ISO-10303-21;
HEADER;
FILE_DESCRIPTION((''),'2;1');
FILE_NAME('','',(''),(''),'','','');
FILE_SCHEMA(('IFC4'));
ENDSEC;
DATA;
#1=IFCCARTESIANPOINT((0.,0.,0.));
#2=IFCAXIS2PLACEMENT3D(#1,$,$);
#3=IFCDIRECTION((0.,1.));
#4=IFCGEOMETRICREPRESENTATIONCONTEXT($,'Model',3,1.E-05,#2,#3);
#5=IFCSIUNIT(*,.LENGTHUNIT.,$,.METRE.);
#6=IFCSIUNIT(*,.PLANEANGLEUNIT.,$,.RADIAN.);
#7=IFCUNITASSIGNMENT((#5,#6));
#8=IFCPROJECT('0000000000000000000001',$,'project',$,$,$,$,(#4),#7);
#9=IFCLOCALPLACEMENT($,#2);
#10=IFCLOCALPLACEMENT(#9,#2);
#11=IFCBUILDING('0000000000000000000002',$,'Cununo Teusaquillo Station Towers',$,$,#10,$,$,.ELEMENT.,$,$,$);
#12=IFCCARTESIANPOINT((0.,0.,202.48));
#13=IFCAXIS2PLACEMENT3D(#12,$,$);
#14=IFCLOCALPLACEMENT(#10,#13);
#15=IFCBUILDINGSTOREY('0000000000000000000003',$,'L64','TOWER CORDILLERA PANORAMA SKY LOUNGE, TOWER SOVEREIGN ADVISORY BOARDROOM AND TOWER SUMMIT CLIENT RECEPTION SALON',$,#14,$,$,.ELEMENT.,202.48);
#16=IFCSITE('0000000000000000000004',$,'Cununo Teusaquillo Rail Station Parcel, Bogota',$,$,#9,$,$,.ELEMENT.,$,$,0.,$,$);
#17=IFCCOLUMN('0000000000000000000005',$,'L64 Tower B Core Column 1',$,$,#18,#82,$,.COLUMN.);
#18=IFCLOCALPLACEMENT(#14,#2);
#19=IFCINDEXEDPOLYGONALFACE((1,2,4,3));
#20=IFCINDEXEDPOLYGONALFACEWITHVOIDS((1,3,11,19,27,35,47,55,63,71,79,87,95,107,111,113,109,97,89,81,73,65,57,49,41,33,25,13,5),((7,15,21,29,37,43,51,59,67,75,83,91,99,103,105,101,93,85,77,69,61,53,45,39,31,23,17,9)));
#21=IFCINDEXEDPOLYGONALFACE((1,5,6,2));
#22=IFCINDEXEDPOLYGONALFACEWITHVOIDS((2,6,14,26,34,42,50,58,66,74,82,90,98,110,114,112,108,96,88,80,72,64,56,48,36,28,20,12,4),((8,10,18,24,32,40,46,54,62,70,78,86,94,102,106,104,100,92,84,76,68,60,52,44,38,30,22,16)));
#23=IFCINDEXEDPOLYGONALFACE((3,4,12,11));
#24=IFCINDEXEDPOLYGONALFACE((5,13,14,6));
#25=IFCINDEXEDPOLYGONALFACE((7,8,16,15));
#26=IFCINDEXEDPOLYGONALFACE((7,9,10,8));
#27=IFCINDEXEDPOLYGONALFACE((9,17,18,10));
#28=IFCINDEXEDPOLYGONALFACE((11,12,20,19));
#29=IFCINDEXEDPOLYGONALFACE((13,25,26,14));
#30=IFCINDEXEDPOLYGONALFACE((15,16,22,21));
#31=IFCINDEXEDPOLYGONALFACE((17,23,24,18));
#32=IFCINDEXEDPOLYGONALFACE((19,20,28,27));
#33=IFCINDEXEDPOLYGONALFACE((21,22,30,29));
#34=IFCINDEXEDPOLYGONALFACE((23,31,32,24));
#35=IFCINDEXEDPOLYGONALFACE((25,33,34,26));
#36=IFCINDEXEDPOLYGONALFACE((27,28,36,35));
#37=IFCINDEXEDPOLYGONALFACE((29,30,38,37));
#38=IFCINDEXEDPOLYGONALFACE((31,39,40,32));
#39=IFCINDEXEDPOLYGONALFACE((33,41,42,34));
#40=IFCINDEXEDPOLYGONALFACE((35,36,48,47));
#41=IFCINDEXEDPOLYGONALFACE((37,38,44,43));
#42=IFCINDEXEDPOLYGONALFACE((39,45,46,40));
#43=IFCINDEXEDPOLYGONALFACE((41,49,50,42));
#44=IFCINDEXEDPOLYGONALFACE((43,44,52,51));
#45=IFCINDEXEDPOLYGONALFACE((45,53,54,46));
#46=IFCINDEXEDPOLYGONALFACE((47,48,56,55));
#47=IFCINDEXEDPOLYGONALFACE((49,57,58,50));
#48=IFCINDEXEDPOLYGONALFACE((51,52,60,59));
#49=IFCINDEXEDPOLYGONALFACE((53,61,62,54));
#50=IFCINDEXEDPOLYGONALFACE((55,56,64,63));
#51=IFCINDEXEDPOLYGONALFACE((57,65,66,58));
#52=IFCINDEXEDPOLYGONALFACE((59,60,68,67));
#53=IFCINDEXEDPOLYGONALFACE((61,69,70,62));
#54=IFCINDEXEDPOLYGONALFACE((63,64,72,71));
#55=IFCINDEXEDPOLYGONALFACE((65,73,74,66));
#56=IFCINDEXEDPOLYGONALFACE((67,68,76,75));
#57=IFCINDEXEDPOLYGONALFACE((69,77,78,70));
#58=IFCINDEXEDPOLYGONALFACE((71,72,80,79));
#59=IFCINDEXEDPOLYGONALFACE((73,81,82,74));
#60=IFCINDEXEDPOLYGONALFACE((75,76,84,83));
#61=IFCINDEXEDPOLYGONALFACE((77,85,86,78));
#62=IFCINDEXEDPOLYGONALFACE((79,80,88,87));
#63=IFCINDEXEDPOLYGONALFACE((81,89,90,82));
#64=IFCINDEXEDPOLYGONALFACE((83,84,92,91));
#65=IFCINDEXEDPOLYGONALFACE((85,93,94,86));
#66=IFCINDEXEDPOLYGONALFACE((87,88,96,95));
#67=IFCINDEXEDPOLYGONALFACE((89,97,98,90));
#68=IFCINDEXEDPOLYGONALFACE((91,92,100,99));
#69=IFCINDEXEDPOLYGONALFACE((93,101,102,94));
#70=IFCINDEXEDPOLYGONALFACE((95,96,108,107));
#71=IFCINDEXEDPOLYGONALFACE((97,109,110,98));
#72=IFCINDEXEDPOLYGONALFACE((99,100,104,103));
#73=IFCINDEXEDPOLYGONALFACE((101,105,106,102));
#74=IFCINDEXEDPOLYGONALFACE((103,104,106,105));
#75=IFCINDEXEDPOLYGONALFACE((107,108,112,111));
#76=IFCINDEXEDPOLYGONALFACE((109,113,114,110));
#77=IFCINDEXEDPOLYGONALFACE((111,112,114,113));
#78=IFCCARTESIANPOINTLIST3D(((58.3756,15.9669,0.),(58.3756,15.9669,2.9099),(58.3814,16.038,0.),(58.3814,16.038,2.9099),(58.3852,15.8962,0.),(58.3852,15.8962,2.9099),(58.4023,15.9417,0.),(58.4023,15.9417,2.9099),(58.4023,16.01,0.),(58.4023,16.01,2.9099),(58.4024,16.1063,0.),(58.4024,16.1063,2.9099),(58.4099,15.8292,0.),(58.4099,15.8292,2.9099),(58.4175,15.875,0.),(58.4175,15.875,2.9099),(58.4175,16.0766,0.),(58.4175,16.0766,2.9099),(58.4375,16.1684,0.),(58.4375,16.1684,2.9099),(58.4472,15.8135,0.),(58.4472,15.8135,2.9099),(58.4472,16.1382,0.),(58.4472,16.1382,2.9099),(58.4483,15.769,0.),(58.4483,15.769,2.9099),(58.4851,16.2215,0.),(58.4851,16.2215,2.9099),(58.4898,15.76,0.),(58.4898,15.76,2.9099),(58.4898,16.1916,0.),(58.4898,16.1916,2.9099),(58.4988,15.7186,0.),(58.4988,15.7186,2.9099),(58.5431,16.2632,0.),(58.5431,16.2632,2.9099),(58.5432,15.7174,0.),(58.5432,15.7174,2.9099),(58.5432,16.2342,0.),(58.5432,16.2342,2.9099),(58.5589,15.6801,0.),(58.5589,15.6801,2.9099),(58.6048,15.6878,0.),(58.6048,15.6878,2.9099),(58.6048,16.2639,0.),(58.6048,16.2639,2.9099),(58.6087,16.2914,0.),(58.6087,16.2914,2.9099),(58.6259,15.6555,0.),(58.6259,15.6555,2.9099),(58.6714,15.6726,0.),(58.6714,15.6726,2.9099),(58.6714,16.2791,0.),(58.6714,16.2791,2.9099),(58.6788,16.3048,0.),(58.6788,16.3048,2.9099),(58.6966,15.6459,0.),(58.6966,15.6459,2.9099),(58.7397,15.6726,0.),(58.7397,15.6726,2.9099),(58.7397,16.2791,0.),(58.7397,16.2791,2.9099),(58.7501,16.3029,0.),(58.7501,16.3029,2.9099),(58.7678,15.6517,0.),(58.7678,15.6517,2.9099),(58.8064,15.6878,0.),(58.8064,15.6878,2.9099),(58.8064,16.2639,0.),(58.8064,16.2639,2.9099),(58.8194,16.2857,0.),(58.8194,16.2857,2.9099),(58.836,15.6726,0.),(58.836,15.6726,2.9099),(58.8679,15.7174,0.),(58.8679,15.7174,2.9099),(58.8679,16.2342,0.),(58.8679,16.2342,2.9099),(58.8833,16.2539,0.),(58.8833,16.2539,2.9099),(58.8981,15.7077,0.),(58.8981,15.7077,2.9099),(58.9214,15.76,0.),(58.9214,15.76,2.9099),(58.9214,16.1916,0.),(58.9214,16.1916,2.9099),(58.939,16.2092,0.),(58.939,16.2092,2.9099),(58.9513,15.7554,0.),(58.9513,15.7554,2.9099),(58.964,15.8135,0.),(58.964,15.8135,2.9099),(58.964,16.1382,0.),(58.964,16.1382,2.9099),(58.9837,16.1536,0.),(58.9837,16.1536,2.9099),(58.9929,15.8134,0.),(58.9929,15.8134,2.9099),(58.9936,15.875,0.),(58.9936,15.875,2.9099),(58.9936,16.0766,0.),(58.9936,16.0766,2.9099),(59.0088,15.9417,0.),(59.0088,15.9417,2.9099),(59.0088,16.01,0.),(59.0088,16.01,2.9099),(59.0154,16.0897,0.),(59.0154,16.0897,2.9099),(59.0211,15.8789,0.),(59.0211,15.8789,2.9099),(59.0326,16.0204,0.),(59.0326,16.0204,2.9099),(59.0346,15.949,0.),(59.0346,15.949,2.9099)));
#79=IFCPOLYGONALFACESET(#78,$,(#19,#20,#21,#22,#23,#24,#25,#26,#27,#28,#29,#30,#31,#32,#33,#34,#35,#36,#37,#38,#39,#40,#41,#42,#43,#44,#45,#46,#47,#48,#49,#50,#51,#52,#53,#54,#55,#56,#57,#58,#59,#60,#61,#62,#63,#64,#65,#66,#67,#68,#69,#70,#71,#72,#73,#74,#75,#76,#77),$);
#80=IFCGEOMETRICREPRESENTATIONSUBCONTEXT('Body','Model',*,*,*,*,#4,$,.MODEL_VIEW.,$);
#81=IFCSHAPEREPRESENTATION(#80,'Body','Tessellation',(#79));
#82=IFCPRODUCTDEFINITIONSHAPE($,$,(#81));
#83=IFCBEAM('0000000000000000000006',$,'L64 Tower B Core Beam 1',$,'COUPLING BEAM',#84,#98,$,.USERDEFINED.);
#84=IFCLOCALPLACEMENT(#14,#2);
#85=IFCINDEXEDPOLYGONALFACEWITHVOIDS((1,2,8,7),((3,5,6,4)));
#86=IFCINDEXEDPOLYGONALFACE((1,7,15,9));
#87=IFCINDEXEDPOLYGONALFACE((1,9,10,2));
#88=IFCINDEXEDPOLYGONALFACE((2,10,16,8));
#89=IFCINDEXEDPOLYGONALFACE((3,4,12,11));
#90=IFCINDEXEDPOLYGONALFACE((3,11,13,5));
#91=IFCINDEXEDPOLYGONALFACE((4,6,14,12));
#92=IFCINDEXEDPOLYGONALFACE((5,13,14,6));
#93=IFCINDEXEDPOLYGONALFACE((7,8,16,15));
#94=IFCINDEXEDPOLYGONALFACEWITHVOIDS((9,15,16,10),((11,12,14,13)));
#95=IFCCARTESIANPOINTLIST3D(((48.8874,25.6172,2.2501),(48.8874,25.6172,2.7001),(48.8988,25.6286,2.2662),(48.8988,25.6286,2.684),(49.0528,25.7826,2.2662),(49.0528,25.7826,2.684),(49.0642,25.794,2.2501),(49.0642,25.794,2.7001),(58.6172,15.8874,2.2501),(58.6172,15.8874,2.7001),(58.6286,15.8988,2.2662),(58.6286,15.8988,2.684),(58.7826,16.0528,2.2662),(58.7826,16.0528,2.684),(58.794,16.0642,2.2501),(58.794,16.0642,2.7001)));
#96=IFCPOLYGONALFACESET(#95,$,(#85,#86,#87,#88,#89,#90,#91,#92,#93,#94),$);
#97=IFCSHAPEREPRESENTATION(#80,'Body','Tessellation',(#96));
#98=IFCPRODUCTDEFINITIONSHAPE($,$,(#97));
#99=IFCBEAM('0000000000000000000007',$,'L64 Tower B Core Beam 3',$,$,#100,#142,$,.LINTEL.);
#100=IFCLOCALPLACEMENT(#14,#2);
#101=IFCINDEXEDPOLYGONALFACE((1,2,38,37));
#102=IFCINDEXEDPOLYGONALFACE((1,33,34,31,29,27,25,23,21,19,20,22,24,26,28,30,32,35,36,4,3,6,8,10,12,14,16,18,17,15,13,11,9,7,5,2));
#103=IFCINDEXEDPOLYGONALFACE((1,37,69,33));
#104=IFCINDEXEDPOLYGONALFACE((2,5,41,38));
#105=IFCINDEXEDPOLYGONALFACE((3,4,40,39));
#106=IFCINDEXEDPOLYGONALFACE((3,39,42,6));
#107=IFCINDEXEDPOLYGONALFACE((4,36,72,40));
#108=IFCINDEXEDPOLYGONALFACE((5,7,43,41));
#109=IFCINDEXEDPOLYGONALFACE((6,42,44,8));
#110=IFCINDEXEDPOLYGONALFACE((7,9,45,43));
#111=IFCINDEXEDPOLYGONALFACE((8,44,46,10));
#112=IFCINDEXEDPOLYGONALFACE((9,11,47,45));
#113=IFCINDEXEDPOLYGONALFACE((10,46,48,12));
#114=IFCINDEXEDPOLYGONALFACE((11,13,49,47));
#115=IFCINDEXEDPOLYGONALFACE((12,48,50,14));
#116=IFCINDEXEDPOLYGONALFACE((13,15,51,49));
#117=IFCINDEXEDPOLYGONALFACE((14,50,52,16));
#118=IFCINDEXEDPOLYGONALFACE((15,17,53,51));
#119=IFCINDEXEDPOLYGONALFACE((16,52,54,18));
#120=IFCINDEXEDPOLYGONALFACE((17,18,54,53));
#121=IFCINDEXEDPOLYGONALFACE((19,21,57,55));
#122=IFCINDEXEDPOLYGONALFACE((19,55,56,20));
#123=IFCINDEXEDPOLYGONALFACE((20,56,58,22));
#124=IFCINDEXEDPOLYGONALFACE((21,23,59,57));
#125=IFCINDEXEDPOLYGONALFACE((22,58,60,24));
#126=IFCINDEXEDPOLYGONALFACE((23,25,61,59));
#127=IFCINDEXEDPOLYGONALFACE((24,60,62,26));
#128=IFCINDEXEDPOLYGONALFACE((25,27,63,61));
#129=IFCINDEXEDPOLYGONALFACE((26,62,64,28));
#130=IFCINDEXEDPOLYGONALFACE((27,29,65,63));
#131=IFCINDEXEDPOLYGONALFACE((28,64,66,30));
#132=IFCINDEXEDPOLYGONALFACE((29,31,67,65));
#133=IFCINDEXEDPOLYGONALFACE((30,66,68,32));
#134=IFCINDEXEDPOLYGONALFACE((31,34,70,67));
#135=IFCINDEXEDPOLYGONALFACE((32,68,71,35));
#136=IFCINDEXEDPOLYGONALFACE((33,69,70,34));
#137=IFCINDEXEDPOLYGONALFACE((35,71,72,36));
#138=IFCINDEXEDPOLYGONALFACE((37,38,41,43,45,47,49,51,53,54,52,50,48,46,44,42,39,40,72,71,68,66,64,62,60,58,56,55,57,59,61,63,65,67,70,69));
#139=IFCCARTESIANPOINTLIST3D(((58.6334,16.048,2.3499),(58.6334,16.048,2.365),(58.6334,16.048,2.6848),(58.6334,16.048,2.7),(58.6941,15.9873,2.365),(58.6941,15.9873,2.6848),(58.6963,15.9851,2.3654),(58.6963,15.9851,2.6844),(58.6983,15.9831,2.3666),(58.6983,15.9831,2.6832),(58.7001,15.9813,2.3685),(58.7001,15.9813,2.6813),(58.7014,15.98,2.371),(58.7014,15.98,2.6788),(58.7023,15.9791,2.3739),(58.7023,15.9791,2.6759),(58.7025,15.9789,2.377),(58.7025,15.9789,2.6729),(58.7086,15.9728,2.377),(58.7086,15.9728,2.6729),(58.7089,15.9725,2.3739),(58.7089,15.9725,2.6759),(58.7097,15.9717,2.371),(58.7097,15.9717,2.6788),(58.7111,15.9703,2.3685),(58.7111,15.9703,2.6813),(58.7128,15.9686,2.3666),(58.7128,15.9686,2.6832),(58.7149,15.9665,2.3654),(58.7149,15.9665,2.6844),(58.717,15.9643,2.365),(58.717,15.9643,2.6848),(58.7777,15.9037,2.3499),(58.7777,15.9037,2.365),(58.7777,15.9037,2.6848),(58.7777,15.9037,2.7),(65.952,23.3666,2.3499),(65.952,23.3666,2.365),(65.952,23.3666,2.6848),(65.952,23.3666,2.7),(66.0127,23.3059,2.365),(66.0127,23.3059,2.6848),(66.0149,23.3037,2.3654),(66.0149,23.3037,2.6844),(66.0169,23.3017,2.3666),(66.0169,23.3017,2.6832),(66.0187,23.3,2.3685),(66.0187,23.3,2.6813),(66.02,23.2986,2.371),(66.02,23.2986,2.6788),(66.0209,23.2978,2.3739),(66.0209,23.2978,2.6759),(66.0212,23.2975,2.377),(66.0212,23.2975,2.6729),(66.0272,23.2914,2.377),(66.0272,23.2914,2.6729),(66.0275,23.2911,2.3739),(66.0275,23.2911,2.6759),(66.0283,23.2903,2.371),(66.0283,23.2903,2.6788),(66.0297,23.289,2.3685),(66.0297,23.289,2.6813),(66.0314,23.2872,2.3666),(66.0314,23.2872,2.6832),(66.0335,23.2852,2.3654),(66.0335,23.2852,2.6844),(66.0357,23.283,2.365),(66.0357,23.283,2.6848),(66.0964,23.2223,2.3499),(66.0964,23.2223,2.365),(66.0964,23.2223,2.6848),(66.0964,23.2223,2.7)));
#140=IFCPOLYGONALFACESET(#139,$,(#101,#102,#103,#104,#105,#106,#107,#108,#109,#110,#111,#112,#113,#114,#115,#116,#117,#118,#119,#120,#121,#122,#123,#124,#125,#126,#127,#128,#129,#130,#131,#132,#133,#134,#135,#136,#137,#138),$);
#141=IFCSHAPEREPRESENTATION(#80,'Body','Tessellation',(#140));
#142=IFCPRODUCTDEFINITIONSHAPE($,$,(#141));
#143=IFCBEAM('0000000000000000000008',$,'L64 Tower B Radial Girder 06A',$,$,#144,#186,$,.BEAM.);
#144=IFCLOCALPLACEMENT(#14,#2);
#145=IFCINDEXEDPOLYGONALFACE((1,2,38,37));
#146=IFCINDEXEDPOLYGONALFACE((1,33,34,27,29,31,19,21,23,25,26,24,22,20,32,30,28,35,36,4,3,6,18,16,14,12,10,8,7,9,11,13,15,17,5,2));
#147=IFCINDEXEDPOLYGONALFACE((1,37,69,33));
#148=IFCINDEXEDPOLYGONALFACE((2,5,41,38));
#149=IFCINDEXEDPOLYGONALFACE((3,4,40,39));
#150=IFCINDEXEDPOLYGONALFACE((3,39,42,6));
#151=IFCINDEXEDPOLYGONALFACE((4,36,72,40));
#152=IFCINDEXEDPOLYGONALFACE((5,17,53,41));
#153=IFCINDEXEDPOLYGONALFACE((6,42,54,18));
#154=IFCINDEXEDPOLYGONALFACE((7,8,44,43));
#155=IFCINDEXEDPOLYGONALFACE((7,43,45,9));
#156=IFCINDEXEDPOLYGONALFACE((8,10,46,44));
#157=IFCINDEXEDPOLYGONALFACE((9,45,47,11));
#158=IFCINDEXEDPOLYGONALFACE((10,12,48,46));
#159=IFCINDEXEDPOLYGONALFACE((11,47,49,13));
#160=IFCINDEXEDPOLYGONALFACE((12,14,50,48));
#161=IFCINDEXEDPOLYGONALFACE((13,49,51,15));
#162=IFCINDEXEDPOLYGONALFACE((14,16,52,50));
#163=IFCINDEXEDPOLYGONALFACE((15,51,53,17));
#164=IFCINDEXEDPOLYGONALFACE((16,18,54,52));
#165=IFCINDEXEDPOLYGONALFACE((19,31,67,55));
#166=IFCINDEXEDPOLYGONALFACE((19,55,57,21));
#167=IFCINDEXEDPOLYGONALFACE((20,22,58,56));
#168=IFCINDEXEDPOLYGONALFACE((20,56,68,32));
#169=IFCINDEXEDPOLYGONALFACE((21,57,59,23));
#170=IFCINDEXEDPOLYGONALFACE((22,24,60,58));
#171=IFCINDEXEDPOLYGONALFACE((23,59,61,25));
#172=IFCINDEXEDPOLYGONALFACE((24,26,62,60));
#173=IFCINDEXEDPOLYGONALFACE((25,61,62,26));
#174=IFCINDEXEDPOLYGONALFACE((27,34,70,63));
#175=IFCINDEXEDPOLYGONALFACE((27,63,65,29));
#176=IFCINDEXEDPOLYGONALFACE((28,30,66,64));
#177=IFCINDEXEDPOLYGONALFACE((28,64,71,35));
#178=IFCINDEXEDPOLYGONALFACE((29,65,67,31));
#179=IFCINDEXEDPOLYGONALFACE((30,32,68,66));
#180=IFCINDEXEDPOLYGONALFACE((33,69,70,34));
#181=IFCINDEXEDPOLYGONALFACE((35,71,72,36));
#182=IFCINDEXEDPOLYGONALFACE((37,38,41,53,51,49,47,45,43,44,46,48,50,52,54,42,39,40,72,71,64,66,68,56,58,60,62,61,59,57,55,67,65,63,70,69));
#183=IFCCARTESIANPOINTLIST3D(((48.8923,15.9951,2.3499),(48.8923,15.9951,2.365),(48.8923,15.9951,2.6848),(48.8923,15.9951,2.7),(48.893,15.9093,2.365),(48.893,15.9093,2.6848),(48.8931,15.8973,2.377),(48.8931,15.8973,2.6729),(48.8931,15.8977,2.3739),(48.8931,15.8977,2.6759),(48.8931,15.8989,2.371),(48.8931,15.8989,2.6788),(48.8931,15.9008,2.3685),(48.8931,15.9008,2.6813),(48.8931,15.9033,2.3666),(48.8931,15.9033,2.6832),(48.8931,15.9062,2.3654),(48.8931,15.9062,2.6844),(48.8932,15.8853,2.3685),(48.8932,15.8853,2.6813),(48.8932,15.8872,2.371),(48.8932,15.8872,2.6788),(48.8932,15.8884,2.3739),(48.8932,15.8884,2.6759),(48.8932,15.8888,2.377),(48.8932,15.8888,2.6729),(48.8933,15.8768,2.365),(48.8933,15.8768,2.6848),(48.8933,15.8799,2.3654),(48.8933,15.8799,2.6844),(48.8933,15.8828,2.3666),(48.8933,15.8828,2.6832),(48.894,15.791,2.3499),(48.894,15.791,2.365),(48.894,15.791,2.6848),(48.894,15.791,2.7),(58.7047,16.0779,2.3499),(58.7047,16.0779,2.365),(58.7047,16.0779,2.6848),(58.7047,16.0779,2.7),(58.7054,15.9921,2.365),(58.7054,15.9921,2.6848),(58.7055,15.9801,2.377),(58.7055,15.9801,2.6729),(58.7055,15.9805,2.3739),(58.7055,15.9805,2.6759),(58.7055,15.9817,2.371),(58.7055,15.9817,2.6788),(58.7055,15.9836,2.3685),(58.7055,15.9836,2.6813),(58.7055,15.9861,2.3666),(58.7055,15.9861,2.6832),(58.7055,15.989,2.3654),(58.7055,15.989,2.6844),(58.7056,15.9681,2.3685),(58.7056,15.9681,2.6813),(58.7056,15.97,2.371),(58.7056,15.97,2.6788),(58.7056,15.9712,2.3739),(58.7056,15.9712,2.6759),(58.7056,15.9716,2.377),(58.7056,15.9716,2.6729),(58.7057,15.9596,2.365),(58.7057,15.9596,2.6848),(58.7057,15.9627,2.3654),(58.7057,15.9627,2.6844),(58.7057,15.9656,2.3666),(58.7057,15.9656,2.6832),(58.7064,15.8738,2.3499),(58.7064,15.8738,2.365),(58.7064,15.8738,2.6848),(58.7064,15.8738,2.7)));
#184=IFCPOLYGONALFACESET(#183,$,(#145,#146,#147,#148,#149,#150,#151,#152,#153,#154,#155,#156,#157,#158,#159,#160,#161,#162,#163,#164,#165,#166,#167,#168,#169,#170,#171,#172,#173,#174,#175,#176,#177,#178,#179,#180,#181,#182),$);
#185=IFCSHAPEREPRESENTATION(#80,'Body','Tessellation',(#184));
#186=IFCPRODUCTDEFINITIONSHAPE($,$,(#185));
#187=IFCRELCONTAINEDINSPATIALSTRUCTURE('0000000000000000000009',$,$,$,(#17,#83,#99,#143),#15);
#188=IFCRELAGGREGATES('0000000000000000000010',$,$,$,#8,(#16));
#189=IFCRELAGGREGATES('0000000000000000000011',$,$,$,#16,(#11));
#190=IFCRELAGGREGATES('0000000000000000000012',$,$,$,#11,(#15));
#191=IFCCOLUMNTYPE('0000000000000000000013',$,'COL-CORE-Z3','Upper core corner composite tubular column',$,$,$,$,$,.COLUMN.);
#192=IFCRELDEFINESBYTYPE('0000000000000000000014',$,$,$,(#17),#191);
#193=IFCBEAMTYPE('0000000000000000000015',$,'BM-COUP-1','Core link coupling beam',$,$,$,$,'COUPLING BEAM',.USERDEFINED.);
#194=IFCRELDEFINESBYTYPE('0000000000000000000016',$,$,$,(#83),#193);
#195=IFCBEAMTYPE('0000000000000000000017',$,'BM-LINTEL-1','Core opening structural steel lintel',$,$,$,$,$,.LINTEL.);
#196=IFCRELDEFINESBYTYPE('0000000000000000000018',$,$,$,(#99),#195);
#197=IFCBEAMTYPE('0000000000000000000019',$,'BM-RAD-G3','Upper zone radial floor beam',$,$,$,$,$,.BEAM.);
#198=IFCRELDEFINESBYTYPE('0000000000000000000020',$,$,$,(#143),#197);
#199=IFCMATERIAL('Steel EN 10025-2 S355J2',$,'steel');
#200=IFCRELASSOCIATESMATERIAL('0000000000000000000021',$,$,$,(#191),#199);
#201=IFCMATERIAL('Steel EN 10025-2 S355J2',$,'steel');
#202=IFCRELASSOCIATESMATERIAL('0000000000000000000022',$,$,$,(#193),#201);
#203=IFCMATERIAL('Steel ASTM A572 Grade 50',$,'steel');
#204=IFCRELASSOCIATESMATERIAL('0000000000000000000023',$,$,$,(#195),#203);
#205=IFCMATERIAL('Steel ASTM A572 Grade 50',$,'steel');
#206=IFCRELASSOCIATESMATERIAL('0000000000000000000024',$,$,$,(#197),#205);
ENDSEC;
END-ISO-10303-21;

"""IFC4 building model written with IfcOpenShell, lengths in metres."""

from ifc_helpers import new_model, si_unit, direction, frame, origin, origin_2d, place, context, subcontext, project, spatial, hollow_rectangle, hollow_circle, i_section, extrude, material, material_profile, profile_set, type_object, element, save


model = new_model("IFC4")

# Units and contexts
model_context = context("Model", 3, precision=1e-05, world=origin(), true_north=direction((0.0, 1.0)))
body_context = subcontext(model_context, "Body", "Model", "MODEL_VIEW")
ifc_project = project(units=[si_unit("LENGTHUNIT", "METRE"), si_unit("PLANEANGLEUNIT", "RADIAN")], contexts=[model_context])

# Site, building, storey
site_placement = place(None, origin())
site = spatial("IfcSite", under=ifc_project, at=site_placement, Name="Cununo Teusaquillo Rail Station Parcel, Bogota", CompositionType="ELEMENT", RefElevation=0.0)
building_placement = place(site_placement, origin())
building = spatial("IfcBuilding", under=site, at=building_placement, Name="Cununo Teusaquillo Station Towers", CompositionType="ELEMENT")
storey_placement = place(building_placement, frame((0.0, 0.0, 202.48)))
storey = spatial("IfcBuildingStorey", under=building, at=storey_placement, Name="L64", Description="TOWER CORDILLERA PANORAMA SKY LOUNGE, TOWER SOVEREIGN ADVISORY BOARDROOM AND TOWER SUMMIT CLIENT RECEPTION SALON", CompositionType="ELEMENT", Elevation=202.48)

# Column
ifc_material_1 = material(Name="Steel EN 10025-2 S355J2", Category="steel")
ifc_material_profile_1 = material_profile(ifc_material_1, hollow_circle(Radius=0.3301, WallThickness=0.0249, at=origin_2d()), Name="CHS 660x25")
ifc_profile_set_1 = profile_set([ifc_material_profile_1], Name="Steel EN 10025-2 S355J2")
column_type = type_object("IfcColumnType", Name="COL-CORE-Z3", Description="Upper core corner composite tubular column", PredefinedType="COLUMN", material=ifc_profile_set_1)
column_placement = place(storey_placement, frame((58.7056, 15.9758, 0.0), z_axis=(0.0, 0.0, 1.0), x_axis=(0.707107, 0.707107, 0.0)))
element("IfcColumn", 1, at=column_placement, inside=storey, type_object=column_type, Name="L64 Tower B Core Column 1", PredefinedType="COLUMN", context=body_context, shape_type="SweptSolid", body=[
    extrude(hollow_circle(Radius=0.3301, WallThickness=0.0249, at=origin_2d()), origin(), (0.0, 0.0, 1.0), 2.9099),
])

# Beams
ifc_material_2 = material(Name="Steel EN 10025-2 S355J2", Category="steel")
ifc_material_profile_2 = material_profile(ifc_material_2, hollow_rectangle(XDim=0.25, YDim=0.45, WallThickness=0.0161, at=origin_2d()), Name="RHS 450x250x16")
ifc_profile_set_2 = profile_set([ifc_material_profile_2], Name="Steel EN 10025-2 S355J2")
beam_type_1 = type_object("IfcBeamType", Name="BM-COUP-1", Description="Core link coupling beam", ElementType="COUPLING BEAM", PredefinedType="USERDEFINED", material=ifc_profile_set_2)
beam_1_placement = place(storey_placement, frame((58.7056, 15.9758, 2.4751), z_axis=(-0.707107, 0.707107, 0.0), x_axis=(-0.707107, -0.707107, 0.0)))
element("IfcBeam", 2, at=beam_1_placement, inside=storey, type_object=beam_type_1, Name="L64 Tower B Core Beam 1", ObjectType="COUPLING BEAM", PredefinedType="USERDEFINED", context=body_context, shape_type="SweptSolid", body=[
    extrude(hollow_rectangle(XDim=0.25, YDim=0.45, WallThickness=0.0161, at=origin_2d()), origin(), (0.0, 0.0, 1.0), 13.76),
])
ifc_material_3 = material(Name="Steel ASTM A572 Grade 50", Category="steel")
ifc_material_profile_3 = material_profile(ifc_material_3, i_section(OverallWidth=0.2041, OverallDepth=0.3501, WebThickness=0.0085, FlangeThickness=0.0151, FilletRadius=0.012, at=origin_2d()), Name="W14X48")
ifc_profile_set_3 = profile_set([ifc_material_profile_3], Name="Steel ASTM A572 Grade 50")
beam_type_2 = type_object("IfcBeamType", Name="BM-LINTEL-1", Description="Core opening structural steel lintel", PredefinedType="LINTEL", material=ifc_profile_set_3)
beam_2_placement = place(storey_placement, frame((58.7056, 15.9758, 2.5249), z_axis=(0.707107, 0.707107, 0.0), x_axis=(-0.707107, 0.707107, 0.0)))
element("IfcBeam", 3, at=beam_2_placement, inside=storey, type_object=beam_type_2, Name="L64 Tower B Core Beam 3", PredefinedType="LINTEL", context=body_context, shape_type="SweptSolid", body=[
    extrude(i_section(OverallWidth=0.2041, OverallDepth=0.3501, WebThickness=0.0085, FlangeThickness=0.0151, FilletRadius=0.012, at=origin_2d()), origin(), (0.0, 0.0, 1.0), 10.3501),
])
ifc_material_4 = material(Name="Steel ASTM A572 Grade 50", Category="steel")
ifc_material_profile_4 = material_profile(ifc_material_4, i_section(OverallWidth=0.2041, OverallDepth=0.3501, WebThickness=0.0085, FlangeThickness=0.0151, FilletRadius=0.012, at=origin_2d()), Name="W14X48")
ifc_profile_set_4 = profile_set([ifc_material_profile_4], Name="Steel ASTM A572 Grade 50")
beam_type_3 = type_object("IfcBeamType", Name="BM-RAD-G3", Description="Upper zone radial floor beam", PredefinedType="BEAM", material=ifc_profile_set_4)
beam_3_placement = place(storey_placement, frame((58.7056, 15.9758, 2.5249), z_axis=(-0.999964, -0.008434, 0.0), x_axis=(0.008434, -0.999964, 0.0)))
element("IfcBeam", 4, at=beam_3_placement, inside=storey, type_object=beam_type_3, Name="L64 Tower B Radial Girder 06A", PredefinedType="BEAM", context=body_context, shape_type="SweptSolid", body=[
    extrude(i_section(OverallWidth=0.2041, OverallDepth=0.3501, WebThickness=0.0085, FlangeThickness=0.0151, FilletRadius=0.012, at=origin_2d()), origin(), (0.0, 0.0, 1.0), 9.8127),
])

save(model, "model.ifc")
